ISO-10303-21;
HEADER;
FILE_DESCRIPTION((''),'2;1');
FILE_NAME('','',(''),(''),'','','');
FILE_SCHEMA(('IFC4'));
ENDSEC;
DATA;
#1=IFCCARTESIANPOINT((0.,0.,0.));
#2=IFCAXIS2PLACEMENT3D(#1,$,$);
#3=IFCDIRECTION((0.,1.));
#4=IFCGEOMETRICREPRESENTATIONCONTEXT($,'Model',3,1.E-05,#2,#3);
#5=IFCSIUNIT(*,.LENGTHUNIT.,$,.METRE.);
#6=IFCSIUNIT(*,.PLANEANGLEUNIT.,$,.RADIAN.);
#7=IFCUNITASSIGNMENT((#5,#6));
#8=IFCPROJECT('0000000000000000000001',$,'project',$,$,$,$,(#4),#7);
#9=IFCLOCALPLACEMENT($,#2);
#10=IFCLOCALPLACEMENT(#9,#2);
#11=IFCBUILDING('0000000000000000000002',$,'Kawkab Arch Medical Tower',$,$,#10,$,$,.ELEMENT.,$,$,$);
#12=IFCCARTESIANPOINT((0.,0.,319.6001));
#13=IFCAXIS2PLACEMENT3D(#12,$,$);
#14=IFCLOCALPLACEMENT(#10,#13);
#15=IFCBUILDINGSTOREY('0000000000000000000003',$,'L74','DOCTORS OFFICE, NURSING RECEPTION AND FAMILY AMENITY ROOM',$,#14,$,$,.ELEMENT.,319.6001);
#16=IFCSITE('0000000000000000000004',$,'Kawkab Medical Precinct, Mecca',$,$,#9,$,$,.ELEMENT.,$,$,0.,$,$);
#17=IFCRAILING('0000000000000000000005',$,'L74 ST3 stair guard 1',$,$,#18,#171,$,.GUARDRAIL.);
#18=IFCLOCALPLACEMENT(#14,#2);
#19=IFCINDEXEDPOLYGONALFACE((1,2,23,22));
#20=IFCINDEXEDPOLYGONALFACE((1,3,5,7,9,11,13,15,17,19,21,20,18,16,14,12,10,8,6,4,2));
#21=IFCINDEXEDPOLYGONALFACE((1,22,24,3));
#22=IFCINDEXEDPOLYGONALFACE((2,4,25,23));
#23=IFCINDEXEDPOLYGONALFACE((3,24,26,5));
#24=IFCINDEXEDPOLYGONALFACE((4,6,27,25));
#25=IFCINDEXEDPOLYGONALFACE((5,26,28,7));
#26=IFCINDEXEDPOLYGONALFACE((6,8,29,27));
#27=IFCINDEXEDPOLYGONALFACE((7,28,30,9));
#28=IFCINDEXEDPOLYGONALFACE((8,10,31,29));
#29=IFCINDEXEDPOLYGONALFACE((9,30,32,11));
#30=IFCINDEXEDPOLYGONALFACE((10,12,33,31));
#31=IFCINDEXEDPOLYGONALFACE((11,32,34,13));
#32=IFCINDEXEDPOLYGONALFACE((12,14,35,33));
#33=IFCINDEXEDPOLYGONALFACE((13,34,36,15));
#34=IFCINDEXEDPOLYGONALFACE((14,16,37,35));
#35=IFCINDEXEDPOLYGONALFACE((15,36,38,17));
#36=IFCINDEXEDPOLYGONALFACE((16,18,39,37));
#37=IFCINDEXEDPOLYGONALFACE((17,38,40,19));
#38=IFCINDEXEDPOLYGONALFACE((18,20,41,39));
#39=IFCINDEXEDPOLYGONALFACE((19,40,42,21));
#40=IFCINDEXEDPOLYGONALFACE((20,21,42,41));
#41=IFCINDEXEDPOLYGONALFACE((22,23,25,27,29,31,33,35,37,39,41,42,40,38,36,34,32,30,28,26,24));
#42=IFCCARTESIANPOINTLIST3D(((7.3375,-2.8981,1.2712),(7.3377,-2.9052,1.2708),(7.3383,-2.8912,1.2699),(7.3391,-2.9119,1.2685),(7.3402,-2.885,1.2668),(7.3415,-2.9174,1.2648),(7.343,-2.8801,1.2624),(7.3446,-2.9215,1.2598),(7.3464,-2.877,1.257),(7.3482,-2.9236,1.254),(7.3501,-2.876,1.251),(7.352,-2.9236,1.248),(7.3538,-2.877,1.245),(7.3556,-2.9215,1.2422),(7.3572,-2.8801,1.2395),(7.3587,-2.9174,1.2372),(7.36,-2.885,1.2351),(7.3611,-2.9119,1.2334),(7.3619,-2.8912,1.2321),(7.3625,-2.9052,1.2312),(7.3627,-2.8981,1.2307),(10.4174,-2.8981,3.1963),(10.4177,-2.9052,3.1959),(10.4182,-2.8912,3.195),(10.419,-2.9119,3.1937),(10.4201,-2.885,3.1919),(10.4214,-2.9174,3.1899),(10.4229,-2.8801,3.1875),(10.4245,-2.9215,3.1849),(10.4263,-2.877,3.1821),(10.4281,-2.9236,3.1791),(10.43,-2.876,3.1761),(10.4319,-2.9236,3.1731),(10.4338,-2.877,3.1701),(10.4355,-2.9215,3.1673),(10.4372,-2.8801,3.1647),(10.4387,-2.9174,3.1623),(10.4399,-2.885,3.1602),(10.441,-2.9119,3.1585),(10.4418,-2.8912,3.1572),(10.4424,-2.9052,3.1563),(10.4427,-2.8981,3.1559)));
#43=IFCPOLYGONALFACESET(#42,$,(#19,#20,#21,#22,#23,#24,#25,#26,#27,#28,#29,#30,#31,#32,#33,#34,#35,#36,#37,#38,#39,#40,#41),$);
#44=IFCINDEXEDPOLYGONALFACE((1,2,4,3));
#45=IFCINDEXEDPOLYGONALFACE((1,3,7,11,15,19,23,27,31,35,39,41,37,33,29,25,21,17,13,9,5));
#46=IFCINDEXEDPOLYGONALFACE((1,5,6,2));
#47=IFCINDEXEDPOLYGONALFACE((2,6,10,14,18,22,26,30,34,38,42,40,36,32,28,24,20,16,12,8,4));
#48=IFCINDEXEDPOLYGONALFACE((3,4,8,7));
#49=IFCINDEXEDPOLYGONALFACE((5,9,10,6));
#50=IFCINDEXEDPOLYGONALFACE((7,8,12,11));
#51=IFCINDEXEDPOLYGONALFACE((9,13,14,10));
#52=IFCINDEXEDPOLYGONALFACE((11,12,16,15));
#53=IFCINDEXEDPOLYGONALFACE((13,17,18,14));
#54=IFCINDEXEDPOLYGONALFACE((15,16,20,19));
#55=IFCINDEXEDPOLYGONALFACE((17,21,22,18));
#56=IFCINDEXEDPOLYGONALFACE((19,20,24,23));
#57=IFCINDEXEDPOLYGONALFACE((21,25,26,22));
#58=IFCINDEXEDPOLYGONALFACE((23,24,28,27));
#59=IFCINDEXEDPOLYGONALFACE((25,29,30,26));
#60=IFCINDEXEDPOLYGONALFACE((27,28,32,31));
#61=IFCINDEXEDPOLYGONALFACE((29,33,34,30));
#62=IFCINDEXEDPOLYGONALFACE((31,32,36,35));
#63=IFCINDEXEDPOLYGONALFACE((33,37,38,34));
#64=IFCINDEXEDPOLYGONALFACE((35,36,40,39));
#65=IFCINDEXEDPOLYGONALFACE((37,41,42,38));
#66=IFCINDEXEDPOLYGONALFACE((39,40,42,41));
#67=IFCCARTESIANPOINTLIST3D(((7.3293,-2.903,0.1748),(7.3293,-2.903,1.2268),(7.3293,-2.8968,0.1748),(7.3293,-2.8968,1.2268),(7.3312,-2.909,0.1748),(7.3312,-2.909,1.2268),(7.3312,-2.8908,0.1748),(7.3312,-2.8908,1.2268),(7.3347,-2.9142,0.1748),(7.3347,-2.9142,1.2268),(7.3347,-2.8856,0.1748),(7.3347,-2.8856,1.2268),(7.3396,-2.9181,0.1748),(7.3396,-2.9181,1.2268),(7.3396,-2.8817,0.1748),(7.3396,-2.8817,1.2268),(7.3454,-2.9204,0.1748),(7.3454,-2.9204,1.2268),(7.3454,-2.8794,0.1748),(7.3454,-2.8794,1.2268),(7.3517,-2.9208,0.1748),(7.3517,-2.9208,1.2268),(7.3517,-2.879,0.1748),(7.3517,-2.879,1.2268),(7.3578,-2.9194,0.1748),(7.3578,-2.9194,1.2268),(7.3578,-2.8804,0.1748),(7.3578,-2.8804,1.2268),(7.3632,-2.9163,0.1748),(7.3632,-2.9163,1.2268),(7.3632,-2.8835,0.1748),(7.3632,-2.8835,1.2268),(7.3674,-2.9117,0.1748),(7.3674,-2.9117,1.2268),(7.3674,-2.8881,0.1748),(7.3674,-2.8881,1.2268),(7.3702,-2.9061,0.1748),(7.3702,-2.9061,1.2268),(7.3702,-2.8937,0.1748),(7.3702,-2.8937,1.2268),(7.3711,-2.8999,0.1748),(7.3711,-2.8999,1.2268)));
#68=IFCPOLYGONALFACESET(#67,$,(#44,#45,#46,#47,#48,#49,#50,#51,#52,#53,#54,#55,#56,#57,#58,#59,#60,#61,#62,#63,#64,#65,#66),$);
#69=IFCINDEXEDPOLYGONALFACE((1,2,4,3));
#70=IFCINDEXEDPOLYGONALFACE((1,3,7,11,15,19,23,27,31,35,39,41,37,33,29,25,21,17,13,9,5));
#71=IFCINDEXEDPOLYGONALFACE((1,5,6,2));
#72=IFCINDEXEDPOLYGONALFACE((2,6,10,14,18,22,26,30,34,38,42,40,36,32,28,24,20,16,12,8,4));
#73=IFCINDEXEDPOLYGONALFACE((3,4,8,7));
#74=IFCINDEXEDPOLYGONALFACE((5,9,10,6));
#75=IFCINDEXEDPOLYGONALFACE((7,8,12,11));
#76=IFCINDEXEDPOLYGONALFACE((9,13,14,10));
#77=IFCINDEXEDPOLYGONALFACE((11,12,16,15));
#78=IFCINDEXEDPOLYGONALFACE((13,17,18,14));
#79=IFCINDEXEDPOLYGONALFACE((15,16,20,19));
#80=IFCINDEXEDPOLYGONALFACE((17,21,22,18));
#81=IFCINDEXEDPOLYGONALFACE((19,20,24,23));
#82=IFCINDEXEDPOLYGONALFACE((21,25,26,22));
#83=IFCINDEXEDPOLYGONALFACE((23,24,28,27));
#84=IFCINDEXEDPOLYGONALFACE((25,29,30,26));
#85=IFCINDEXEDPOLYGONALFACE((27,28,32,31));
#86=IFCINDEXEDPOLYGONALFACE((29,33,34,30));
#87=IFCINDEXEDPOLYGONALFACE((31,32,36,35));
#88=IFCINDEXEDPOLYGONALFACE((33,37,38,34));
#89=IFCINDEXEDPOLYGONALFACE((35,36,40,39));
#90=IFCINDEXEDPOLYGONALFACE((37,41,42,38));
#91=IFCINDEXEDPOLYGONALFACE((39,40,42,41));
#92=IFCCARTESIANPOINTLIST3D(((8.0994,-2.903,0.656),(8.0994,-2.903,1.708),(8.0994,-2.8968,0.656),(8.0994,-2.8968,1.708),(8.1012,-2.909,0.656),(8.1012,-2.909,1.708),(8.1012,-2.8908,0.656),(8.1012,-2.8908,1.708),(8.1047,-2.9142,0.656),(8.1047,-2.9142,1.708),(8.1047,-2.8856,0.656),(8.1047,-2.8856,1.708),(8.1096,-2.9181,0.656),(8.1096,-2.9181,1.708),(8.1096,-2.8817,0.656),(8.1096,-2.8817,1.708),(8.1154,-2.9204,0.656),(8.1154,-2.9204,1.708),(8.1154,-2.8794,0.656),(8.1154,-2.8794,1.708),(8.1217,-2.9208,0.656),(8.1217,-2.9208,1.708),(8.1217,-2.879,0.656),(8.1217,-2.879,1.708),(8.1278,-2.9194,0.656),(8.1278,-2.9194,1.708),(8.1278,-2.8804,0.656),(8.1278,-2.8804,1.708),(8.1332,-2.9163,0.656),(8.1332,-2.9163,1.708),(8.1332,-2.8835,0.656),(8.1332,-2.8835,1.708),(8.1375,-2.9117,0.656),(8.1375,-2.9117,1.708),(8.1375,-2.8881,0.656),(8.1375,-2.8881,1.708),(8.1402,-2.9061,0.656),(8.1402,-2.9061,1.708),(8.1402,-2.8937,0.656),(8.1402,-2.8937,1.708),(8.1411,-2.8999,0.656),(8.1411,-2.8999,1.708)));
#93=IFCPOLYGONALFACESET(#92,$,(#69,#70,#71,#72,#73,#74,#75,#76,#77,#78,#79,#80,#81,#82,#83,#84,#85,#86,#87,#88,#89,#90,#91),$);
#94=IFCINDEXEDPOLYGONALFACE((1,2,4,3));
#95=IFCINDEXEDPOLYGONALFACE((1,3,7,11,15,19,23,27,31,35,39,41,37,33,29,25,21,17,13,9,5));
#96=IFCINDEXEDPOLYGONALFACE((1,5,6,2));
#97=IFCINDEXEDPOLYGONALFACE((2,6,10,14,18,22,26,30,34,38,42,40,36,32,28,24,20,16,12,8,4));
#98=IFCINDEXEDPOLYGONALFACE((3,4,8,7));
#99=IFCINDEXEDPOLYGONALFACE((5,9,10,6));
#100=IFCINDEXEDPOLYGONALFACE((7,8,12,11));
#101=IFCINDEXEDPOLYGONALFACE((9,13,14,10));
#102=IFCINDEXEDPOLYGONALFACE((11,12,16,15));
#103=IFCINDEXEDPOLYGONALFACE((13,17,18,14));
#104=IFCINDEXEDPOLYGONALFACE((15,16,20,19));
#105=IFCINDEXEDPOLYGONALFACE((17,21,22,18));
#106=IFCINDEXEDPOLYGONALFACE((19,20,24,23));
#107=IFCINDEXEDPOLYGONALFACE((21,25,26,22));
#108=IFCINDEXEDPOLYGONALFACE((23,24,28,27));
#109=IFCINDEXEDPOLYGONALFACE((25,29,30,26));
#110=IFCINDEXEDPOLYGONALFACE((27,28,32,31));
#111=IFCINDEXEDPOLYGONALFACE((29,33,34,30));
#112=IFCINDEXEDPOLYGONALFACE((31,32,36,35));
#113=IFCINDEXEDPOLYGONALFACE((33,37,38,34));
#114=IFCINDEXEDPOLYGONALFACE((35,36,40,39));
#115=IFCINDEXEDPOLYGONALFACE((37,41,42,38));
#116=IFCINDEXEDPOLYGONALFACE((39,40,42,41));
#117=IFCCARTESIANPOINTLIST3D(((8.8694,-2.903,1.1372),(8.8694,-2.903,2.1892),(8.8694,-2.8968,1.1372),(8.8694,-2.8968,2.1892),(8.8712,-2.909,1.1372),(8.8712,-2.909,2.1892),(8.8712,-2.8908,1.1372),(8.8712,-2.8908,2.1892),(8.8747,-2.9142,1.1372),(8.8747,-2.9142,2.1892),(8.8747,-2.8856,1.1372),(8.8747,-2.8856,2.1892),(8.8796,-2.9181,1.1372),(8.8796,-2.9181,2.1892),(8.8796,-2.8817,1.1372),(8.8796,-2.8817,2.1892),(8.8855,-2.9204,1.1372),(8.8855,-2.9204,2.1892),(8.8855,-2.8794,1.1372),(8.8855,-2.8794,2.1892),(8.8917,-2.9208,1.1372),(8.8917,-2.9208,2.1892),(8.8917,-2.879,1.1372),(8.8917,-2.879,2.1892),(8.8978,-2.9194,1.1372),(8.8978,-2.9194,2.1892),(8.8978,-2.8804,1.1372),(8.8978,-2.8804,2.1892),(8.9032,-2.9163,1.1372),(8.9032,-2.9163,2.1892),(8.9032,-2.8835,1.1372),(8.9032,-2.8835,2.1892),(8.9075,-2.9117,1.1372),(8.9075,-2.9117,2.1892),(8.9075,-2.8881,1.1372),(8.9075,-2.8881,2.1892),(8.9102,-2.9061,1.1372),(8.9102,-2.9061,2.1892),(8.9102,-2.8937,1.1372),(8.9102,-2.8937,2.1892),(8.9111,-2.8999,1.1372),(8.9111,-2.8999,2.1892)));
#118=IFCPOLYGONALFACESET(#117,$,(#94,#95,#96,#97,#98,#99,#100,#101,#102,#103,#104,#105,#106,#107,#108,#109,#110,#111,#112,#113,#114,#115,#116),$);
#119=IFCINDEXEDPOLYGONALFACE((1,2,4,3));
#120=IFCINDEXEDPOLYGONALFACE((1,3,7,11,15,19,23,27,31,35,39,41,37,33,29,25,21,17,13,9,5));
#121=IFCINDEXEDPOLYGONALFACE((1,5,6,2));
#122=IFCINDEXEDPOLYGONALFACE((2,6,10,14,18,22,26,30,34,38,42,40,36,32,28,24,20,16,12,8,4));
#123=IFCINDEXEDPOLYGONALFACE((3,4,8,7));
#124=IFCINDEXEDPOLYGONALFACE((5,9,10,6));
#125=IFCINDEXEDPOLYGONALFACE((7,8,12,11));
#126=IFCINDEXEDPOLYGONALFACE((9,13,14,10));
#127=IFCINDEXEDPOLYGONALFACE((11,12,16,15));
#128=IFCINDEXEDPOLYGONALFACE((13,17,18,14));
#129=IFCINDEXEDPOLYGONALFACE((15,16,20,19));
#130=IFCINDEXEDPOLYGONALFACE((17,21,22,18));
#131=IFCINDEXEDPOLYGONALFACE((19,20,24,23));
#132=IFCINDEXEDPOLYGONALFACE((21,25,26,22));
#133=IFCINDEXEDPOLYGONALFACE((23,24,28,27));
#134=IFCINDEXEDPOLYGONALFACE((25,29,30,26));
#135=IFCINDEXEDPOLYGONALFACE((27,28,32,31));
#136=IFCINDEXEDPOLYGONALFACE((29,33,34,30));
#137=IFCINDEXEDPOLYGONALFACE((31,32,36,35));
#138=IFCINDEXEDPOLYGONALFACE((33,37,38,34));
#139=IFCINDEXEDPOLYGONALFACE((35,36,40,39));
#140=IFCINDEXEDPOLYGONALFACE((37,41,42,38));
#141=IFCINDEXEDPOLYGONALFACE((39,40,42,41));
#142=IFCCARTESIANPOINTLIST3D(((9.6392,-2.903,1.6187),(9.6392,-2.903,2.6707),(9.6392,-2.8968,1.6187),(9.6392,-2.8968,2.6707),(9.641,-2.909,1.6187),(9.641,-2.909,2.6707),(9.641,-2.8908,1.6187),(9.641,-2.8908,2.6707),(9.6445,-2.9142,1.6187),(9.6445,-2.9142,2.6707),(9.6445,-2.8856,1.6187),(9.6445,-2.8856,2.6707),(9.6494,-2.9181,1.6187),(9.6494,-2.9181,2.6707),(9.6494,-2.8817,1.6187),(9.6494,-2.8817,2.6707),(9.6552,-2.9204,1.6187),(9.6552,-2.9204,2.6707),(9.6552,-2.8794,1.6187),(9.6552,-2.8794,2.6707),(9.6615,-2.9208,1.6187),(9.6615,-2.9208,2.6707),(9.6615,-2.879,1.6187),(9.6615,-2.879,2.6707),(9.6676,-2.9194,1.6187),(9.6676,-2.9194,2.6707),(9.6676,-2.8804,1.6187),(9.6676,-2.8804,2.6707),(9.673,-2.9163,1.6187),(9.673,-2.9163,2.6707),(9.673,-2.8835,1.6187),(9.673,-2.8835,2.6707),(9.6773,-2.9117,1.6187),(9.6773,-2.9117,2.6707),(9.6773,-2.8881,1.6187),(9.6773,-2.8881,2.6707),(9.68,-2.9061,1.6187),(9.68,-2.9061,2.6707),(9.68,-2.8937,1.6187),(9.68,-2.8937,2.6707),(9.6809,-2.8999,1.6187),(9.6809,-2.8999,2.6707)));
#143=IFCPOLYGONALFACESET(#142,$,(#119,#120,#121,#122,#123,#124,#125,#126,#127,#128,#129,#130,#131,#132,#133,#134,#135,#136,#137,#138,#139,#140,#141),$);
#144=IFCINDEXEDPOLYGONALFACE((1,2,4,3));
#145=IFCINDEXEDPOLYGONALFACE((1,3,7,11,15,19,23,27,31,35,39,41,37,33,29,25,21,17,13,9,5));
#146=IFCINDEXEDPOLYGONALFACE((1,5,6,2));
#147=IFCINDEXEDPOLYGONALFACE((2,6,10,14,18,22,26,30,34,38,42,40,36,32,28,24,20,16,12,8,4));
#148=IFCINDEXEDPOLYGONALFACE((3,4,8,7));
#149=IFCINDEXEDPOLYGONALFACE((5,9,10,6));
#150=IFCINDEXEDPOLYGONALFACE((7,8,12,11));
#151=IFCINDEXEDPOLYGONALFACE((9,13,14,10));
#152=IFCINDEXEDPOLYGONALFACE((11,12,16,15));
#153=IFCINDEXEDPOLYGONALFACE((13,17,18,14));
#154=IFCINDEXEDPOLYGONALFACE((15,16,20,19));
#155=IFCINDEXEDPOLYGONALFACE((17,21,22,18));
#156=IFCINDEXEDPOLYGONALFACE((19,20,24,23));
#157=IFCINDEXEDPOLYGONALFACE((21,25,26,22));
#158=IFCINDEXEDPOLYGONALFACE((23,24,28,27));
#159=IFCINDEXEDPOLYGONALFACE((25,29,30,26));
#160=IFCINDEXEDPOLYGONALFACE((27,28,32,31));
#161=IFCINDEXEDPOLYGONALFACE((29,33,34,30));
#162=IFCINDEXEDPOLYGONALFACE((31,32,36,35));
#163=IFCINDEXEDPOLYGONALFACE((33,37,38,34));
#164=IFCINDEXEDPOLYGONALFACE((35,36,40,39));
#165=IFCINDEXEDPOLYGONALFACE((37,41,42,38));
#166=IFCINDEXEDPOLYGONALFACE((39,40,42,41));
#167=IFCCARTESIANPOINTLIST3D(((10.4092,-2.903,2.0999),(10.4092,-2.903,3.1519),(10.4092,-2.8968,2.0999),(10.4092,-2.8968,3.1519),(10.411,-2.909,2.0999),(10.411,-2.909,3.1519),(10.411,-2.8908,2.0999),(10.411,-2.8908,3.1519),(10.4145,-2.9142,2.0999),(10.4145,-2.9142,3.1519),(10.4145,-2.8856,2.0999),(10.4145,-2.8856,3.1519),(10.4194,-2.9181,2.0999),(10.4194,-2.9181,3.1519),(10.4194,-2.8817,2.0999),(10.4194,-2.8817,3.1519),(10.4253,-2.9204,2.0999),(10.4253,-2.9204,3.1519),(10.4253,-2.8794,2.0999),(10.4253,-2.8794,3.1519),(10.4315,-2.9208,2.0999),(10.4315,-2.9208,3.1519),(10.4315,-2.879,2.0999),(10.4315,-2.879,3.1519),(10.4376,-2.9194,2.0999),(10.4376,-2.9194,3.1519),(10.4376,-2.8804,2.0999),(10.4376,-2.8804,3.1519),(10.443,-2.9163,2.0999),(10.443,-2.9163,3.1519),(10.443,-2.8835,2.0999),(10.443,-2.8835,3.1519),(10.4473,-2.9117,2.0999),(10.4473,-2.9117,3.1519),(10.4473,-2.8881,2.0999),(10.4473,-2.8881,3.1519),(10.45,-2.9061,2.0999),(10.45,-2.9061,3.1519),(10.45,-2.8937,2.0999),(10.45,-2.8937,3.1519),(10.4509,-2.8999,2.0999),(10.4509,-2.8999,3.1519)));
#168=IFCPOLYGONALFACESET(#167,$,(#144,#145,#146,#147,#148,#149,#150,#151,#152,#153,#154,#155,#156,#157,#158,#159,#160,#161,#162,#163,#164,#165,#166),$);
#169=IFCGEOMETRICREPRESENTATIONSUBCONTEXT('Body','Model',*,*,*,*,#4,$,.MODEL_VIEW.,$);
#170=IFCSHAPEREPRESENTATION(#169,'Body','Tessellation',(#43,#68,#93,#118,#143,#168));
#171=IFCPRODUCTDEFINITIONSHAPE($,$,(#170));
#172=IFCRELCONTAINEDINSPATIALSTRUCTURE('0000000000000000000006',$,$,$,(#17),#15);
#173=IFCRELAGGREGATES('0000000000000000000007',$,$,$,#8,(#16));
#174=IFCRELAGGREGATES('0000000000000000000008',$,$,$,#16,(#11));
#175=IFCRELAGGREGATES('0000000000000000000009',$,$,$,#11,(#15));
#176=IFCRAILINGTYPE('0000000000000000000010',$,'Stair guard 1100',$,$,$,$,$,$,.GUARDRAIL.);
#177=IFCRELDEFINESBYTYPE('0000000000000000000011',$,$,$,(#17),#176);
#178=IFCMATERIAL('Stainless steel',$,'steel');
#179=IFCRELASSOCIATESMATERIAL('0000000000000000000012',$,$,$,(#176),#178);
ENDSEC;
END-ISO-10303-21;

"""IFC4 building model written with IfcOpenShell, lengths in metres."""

from ifc_helpers import new_model, si_unit, direction, frame, origin, origin_2d, place, context, subcontext, project, spatial, circle, extrude, material, type_object, element, save


model = new_model("IFC4")

# Units and contexts
model_context = context("Model", 3, precision=1e-05, world=origin(), true_north=direction((0.0, 1.0)))
body_context = subcontext(model_context, "Body", "Model", "MODEL_VIEW")
ifc_project = project(units=[si_unit("LENGTHUNIT", "METRE"), si_unit("PLANEANGLEUNIT", "RADIAN")], contexts=[model_context])

# Site, building, storey
site_placement = place(None, origin())
site = spatial("IfcSite", under=ifc_project, at=site_placement, Name="Kawkab Medical Precinct, Mecca", CompositionType="ELEMENT", RefElevation=0.0)
building_placement = place(site_placement, origin())
building = spatial("IfcBuilding", under=site, at=building_placement, Name="Kawkab Arch Medical Tower", CompositionType="ELEMENT")
storey_placement = place(building_placement, frame((0.0, 0.0, 319.6001)))
storey = spatial("IfcBuildingStorey", under=building, at=storey_placement, Name="L74", Description="DOCTORS OFFICE, NURSING RECEPTION AND FAMILY AMENITY ROOM", CompositionType="ELEMENT", Elevation=319.6001)

# Railing
ifc_material_1 = material(Name="Stainless steel", Category="steel")
railing_type_1 = type_object("IfcRailingType", Name="Stair guard 1100", PredefinedType="GUARDRAIL", material=ifc_material_1)
railing_1_placement = place(storey_placement, frame((7.3501, -2.8999, 0.1748)))
element("IfcRailing", 1, at=railing_1_placement, inside=storey, type_object=railing_type_1, Name="L74 ST3 stair guard 1", PredefinedType="GUARDRAIL", context=body_context, shape_type="SweptSolid", body=[
    extrude(circle(Radius=0.0239, at=origin_2d()), frame((0.0, 0.0, 1.0762), z_axis=(0.847979, 0.0, 0.530029), x_axis=(0.0, 1.0, 0.0)), (0.0, 0.0, 1.0), 3.6321),
    extrude(circle(Radius=0.021, at=origin_2d()), origin(), (0.0, 0.0, 1.0), 1.052),
    extrude(circle(Radius=0.021, at=origin_2d()), frame((0.77, 0.0, 0.4812)), (0.0, 0.0, 1.0), 1.052),
    extrude(circle(Radius=0.021, at=origin_2d()), frame((1.54, 0.0, 0.9624)), (0.0, 0.0, 1.0), 1.052),
    extrude(circle(Radius=0.021, at=origin_2d()), frame((2.3098, 0.0, 1.4438)), (0.0, 0.0, 1.0), 1.052),
    extrude(circle(Radius=0.021, at=origin_2d()), frame((3.0798, 0.0, 1.925)), (0.0, 0.0, 1.0), 1.052),
])

save(model, "model.ifc")
